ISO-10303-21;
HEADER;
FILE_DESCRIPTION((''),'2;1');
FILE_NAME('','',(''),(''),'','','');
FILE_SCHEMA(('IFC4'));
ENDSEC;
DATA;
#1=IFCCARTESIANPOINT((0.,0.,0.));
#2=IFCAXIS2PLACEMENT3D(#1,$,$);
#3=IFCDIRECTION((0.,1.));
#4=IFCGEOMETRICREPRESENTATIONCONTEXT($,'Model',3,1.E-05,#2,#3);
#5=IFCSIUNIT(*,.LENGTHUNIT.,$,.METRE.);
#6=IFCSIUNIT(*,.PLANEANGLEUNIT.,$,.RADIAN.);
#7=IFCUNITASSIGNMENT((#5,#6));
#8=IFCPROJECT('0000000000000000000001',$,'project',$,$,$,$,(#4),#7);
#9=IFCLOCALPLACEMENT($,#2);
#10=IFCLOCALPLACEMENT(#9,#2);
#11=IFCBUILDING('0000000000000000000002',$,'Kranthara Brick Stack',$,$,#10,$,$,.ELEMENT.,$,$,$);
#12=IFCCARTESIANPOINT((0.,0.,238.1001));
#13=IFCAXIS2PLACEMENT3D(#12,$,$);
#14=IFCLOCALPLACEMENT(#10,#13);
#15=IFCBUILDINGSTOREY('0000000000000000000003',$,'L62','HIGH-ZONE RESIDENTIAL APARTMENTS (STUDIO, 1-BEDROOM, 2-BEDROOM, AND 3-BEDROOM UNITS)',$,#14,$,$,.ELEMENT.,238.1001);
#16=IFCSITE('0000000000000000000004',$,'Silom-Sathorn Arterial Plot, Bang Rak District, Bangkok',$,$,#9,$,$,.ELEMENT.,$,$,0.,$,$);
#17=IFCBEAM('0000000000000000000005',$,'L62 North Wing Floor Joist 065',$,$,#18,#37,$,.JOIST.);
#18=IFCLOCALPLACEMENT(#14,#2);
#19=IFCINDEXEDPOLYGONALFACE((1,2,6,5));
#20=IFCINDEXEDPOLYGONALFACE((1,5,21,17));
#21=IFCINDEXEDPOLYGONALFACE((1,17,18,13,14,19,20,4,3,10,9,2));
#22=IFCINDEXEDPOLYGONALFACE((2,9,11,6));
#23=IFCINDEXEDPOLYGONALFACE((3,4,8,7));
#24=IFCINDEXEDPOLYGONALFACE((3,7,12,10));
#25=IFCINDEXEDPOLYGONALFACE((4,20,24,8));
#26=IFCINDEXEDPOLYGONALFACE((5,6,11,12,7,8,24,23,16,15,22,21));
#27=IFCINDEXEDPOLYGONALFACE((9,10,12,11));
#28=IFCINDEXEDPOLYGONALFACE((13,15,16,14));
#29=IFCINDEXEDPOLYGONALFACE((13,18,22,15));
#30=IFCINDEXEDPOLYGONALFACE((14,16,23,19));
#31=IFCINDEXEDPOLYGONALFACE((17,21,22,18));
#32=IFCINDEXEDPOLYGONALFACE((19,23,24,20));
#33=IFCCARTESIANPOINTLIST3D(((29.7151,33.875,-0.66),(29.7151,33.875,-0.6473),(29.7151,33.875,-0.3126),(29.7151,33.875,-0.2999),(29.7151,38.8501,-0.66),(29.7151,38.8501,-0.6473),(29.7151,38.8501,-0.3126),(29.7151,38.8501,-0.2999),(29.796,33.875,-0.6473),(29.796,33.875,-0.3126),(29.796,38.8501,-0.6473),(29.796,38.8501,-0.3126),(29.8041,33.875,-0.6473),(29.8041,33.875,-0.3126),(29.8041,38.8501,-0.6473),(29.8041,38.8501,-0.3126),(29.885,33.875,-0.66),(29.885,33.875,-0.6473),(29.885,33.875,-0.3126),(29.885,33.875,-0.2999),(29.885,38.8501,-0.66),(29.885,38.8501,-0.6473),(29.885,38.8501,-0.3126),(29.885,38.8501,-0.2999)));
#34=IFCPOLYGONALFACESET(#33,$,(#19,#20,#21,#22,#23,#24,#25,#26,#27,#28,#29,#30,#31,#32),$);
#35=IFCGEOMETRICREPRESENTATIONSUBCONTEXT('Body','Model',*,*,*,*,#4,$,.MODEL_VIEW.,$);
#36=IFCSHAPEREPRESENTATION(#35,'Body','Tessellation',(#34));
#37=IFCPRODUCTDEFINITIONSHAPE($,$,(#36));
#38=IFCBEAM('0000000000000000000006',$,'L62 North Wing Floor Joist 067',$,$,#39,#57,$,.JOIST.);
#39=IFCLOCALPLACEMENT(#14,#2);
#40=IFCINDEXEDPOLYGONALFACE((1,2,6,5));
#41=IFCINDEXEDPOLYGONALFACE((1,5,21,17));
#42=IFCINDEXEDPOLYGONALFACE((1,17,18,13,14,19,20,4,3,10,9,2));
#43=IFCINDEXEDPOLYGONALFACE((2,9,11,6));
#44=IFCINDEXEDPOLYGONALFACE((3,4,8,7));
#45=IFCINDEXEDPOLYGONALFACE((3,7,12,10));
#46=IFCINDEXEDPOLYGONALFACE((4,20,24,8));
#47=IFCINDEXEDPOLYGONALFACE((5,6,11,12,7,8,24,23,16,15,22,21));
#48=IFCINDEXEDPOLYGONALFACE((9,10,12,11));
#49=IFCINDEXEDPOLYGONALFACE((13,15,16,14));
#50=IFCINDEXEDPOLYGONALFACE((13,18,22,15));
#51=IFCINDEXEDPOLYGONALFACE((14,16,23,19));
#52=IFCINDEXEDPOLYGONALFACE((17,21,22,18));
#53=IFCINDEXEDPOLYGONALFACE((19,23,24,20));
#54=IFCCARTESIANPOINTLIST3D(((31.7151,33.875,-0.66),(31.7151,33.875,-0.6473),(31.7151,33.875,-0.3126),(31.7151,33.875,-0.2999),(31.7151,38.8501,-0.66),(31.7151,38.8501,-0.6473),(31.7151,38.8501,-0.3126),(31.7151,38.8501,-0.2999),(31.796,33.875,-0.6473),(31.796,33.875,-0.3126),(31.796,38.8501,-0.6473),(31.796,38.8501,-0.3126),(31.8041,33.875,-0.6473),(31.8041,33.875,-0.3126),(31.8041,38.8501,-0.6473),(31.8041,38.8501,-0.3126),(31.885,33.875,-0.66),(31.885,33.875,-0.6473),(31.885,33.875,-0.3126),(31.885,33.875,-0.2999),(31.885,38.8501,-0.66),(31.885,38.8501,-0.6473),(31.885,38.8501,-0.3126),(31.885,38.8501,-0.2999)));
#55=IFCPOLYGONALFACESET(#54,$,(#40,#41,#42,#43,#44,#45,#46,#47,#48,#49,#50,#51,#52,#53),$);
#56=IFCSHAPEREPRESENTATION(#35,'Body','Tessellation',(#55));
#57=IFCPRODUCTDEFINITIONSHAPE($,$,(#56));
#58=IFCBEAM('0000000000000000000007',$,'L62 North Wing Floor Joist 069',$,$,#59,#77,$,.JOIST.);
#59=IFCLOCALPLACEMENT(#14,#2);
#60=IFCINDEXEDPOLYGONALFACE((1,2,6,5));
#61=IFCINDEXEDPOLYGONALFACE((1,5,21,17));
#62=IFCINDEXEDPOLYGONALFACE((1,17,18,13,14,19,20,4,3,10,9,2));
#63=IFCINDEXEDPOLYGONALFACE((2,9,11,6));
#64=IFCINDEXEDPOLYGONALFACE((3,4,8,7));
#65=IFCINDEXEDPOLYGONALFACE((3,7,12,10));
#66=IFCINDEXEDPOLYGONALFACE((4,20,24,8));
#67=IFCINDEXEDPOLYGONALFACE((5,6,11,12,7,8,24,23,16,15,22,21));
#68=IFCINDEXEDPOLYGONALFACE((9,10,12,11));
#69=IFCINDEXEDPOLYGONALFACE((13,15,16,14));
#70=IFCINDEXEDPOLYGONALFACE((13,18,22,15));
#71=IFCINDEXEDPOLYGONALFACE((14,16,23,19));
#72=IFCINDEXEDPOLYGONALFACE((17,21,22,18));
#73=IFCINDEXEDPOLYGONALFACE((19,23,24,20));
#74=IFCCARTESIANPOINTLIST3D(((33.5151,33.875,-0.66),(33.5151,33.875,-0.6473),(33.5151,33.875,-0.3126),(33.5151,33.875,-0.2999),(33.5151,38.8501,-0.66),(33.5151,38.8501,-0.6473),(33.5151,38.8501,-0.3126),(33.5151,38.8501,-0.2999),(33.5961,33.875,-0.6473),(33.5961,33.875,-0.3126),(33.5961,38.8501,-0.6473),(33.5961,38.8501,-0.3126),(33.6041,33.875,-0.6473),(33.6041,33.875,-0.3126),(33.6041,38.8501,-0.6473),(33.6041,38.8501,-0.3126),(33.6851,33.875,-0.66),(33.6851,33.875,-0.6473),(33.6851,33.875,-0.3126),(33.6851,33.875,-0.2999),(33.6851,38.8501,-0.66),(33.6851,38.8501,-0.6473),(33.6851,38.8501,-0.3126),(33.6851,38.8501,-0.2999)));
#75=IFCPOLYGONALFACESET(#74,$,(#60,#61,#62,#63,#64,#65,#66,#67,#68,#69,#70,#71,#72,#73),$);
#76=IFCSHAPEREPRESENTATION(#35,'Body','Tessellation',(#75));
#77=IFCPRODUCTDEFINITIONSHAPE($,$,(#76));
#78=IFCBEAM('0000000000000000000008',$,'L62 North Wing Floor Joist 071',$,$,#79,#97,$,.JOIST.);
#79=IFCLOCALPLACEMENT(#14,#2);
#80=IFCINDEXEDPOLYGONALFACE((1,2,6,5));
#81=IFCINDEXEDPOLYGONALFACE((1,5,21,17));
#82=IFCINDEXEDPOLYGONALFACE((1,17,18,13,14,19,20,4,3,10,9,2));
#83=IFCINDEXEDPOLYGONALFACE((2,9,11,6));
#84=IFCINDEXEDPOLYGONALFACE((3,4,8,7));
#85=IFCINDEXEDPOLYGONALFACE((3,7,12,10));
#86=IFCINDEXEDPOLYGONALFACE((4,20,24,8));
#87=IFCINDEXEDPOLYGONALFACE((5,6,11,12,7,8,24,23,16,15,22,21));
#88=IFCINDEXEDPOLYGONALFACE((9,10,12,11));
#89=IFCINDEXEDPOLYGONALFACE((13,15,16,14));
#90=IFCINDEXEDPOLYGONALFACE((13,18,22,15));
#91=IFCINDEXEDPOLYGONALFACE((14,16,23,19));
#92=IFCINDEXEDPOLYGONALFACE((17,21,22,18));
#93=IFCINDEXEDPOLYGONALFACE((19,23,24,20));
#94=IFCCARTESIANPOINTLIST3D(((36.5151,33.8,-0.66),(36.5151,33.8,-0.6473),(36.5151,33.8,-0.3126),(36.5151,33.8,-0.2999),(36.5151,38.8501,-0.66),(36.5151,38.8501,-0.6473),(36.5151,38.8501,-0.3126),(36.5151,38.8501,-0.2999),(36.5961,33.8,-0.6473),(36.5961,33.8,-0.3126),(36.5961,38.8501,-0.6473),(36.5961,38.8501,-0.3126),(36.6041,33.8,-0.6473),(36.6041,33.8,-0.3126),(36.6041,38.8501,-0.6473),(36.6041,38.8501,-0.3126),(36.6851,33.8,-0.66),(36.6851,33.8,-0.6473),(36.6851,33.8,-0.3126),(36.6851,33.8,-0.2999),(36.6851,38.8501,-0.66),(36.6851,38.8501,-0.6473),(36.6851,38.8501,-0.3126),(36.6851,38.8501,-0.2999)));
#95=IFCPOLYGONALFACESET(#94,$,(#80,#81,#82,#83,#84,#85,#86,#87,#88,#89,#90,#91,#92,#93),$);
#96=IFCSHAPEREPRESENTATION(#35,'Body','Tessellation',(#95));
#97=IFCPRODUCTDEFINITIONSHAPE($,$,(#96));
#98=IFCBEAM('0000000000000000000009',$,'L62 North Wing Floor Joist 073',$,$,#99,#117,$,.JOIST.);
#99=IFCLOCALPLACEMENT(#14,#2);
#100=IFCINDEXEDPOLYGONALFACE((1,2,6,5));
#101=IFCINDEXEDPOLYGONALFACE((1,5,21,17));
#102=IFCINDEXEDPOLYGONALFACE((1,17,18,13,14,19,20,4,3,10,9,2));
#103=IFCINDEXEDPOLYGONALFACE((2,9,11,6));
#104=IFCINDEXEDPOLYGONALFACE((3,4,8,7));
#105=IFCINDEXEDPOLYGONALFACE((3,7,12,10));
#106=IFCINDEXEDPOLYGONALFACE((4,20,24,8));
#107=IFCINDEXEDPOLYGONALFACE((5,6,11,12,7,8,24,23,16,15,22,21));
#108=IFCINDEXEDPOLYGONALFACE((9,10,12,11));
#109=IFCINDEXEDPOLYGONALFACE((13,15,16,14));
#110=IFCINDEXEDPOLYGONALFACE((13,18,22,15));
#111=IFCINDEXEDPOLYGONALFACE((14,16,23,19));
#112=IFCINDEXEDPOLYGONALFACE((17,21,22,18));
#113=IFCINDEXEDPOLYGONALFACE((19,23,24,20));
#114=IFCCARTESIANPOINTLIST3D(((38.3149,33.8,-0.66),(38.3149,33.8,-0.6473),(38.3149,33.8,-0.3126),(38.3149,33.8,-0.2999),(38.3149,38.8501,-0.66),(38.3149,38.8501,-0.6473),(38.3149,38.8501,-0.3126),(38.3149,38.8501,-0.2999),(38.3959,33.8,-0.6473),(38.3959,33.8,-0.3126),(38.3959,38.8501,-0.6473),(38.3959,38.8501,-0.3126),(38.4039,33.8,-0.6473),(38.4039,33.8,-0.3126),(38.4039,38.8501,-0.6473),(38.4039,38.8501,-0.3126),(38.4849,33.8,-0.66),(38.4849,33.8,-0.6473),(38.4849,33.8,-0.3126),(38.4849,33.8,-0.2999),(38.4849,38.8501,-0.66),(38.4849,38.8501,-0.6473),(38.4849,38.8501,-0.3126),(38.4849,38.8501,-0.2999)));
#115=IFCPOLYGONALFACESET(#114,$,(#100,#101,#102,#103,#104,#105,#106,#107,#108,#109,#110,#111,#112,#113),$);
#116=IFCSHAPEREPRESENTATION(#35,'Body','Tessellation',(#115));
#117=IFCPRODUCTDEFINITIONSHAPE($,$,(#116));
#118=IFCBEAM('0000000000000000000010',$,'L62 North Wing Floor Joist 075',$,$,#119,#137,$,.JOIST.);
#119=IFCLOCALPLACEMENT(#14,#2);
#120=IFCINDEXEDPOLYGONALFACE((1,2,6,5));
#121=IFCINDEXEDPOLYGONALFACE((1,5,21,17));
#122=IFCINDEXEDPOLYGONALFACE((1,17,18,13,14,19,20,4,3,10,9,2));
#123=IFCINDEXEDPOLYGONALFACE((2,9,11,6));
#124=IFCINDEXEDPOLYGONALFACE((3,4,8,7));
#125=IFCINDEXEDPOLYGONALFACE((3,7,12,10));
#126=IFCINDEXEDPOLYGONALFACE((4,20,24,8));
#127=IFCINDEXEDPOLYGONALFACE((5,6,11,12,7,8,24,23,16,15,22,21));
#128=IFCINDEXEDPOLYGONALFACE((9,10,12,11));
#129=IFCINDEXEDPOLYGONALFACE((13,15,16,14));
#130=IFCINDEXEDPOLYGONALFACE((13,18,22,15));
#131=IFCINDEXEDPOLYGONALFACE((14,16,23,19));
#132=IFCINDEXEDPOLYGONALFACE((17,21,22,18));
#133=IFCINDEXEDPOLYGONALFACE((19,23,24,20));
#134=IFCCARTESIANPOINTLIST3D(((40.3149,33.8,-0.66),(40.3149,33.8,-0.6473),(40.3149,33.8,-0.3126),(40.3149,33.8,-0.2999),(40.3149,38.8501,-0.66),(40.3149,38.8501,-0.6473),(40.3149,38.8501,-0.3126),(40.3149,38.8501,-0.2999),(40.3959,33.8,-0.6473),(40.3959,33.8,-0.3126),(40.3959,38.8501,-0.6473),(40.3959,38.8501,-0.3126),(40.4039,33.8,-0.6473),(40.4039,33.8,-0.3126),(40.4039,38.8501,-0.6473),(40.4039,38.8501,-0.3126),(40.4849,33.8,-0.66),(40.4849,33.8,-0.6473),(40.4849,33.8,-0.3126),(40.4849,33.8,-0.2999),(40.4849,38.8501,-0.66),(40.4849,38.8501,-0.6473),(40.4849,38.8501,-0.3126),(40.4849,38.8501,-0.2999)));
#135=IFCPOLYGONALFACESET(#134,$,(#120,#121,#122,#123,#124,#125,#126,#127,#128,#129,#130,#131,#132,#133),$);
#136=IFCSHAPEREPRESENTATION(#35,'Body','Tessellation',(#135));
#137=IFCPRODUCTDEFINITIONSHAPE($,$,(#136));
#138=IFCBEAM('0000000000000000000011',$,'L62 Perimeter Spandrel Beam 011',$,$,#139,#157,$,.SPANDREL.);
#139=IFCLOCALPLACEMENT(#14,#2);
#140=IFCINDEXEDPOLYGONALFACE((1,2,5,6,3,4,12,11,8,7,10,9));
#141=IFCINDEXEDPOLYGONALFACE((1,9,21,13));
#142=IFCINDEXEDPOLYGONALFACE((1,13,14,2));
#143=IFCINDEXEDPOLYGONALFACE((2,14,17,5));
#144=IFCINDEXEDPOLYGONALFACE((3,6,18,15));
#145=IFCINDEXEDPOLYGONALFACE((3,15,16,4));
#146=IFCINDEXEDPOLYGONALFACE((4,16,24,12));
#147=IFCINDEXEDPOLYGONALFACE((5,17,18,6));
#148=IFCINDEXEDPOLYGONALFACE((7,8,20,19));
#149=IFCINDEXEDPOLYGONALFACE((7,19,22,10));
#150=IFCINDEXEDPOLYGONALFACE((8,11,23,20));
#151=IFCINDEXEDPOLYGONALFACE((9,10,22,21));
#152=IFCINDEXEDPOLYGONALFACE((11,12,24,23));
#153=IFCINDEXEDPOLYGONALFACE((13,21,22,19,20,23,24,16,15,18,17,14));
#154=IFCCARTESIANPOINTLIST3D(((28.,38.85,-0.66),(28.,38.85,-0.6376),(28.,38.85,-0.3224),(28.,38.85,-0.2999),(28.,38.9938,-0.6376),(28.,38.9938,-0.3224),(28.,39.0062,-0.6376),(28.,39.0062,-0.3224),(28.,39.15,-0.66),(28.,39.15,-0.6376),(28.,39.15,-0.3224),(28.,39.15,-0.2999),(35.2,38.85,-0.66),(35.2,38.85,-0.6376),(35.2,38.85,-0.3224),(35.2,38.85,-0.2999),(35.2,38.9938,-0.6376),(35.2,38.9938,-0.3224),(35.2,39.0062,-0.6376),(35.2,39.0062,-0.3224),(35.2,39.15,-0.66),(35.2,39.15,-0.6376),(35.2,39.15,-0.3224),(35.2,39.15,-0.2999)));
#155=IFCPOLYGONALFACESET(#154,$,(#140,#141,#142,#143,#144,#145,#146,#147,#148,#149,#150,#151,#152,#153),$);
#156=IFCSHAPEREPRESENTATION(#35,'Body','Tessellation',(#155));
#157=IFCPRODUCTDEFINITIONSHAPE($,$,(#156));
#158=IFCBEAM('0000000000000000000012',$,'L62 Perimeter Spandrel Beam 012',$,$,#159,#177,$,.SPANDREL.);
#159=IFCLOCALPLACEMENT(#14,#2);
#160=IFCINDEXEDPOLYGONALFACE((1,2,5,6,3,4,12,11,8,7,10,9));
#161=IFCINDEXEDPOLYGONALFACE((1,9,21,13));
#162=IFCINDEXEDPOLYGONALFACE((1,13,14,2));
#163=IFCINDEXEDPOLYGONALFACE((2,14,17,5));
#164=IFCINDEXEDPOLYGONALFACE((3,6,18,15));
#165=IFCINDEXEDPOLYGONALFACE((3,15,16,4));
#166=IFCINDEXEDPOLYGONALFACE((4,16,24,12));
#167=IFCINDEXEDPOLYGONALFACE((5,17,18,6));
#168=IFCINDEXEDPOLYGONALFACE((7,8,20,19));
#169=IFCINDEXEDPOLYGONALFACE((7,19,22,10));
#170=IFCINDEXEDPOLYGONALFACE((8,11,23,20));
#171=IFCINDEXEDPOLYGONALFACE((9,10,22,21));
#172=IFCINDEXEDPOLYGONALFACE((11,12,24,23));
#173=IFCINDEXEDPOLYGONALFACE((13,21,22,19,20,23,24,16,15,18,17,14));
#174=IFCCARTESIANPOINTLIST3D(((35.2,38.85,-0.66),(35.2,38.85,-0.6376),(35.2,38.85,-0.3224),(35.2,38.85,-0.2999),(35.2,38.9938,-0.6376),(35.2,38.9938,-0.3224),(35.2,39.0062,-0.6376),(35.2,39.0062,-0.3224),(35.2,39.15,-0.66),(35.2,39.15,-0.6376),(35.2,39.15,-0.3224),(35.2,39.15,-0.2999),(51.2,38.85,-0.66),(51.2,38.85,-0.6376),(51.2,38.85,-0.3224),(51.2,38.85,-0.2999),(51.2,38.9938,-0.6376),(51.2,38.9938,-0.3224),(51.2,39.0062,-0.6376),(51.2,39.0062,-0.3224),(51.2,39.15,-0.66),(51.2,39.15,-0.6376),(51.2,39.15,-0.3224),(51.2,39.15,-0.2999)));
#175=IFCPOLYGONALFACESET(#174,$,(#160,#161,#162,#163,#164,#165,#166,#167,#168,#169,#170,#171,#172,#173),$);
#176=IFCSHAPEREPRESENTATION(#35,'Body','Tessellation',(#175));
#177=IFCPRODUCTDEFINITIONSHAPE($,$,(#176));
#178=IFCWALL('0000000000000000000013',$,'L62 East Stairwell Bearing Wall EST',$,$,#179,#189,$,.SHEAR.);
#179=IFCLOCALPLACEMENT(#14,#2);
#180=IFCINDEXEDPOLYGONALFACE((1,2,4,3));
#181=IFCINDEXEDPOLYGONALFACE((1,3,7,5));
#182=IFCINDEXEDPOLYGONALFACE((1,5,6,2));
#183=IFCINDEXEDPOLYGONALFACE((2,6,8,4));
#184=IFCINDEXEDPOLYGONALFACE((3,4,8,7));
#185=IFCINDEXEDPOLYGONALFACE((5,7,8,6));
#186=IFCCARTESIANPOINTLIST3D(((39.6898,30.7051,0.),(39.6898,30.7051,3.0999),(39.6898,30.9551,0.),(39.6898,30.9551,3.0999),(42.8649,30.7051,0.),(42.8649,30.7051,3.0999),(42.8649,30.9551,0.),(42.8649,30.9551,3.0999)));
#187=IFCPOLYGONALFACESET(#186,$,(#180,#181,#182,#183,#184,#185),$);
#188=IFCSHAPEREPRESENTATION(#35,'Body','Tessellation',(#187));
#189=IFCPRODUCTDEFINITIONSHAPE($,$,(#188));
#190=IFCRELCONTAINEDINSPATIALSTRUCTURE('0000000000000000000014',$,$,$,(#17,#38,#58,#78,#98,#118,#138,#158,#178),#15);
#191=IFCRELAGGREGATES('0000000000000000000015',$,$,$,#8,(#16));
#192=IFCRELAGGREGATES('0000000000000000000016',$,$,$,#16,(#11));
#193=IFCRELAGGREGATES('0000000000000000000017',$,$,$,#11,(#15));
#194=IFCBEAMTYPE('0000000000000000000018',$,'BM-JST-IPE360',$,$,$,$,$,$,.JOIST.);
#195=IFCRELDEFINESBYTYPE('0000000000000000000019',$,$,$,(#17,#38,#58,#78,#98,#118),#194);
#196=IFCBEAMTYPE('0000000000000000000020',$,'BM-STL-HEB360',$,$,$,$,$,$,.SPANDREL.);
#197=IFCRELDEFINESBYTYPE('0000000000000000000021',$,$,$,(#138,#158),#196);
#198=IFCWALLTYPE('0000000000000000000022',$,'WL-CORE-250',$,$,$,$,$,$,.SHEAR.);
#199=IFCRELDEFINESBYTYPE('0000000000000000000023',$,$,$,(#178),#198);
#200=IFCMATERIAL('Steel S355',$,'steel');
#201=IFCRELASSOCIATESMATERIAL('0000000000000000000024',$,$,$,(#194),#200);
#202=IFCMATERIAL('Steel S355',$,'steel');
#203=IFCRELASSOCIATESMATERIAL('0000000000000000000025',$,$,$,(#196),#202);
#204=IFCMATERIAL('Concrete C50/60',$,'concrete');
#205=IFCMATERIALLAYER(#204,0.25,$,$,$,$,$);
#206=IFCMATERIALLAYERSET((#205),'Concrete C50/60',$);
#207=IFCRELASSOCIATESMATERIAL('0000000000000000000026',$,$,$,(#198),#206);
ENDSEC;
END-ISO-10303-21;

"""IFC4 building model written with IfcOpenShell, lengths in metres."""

from ifc_helpers import new_model, si_unit, direction, frame, frame_2d, origin, origin_2d, place, context, subcontext, project, spatial, rectangle, i_section, extrude, material, layer, layer_set, material_profile, profile_set, type_object, element, save


model = new_model("IFC4")

# Units and contexts
model_context = context("Model", 3, precision=1e-05, world=origin(), true_north=direction((0.0, 1.0)))
body_context = subcontext(model_context, "Body", "Model", "MODEL_VIEW")
ifc_project = project(units=[si_unit("LENGTHUNIT", "METRE"), si_unit("PLANEANGLEUNIT", "RADIAN")], contexts=[model_context])

# Site, building, storey
site_placement = place(None, origin())
site = spatial("IfcSite", under=ifc_project, at=site_placement, Name="Silom-Sathorn Arterial Plot, Bang Rak District, Bangkok", CompositionType="ELEMENT", RefElevation=0.0)
building_placement = place(site_placement, origin())
building = spatial("IfcBuilding", under=site, at=building_placement, Name="Kranthara Brick Stack", CompositionType="ELEMENT")
storey_placement = place(building_placement, frame((0.0, 0.0, 238.1001)))
storey = spatial("IfcBuildingStorey", under=building, at=storey_placement, Name="L62", Description="HIGH-ZONE RESIDENTIAL APARTMENTS (STUDIO, 1-BEDROOM, 2-BEDROOM, AND 3-BEDROOM UNITS)", CompositionType="ELEMENT", Elevation=238.1001)

# Beams
ifc_material_1 = material(Name="Steel S355", Category="steel")
ifc_material_profile_1 = material_profile(ifc_material_1, i_section(OverallWidth=0.1699, OverallDepth=0.3601, WebThickness=0.0081, FlangeThickness=0.0127, at=origin_2d()), Name="IPE 360")
ifc_profile_set_1 = profile_set([ifc_material_profile_1], Name="Steel S355")
beam_type_1 = type_object("IfcBeamType", Name="BM-JST-IPE360", PredefinedType="JOIST", material=ifc_profile_set_1)
for number, where, z_axis, x_axis, name in (
    (1, (29.8, 33.875, -0.48), (0.0, 1.0, 0.0), (-1.0, 0.0, 0.0), "L62 North Wing Floor Joist 065"),
    (2, (31.8, 33.875, -0.48), (0.0, 1.0, 0.0), (-1.0, 0.0, 0.0), "L62 North Wing Floor Joist 067"),
    (3, (33.6001, 33.875, -0.48), (0.0, 1.0, 0.0), (-1.0, 0.0, 0.0), "L62 North Wing Floor Joist 069"),
):
    element("IfcBeam", number, at=place(storey_placement, frame(where, z_axis=z_axis, x_axis=x_axis)), inside=storey, type_object=beam_type_1, Name=name, PredefinedType="JOIST", context=body_context, shape_type="SweptSolid", body=[
        extrude(i_section(OverallWidth=0.1699, OverallDepth=0.3601, WebThickness=0.0081, FlangeThickness=0.0127, at=origin_2d()), origin(), (0.0, 0.0, 1.0), 4.9751),
    ])
for number, where, z_axis, x_axis, name in (
    (4, (36.6001, 33.8, -0.48), (0.0, 1.0, 0.0), (-1.0, 0.0, 0.0), "L62 North Wing Floor Joist 071"),
    (5, (38.3999, 33.8, -0.48), (0.0, 1.0, 0.0), (-1.0, 0.0, 0.0), "L62 North Wing Floor Joist 073"),
    (6, (40.3999, 33.8, -0.48), (0.0, 1.0, 0.0), (-1.0, 0.0, 0.0), "L62 North Wing Floor Joist 075"),
):
    element("IfcBeam", number, at=place(storey_placement, frame(where, z_axis=z_axis, x_axis=x_axis)), inside=storey, type_object=beam_type_1, Name=name, PredefinedType="JOIST", context=body_context, shape_type="SweptSolid", body=[
        extrude(i_section(OverallWidth=0.1699, OverallDepth=0.3601, WebThickness=0.0081, FlangeThickness=0.0127, at=origin_2d()), origin(), (0.0, 0.0, 1.0), 5.05),
    ])
ifc_material_2 = material(Name="Steel S355", Category="steel")
ifc_material_profile_2 = material_profile(ifc_material_2, i_section(OverallWidth=0.3, OverallDepth=0.3601, WebThickness=0.0125, FlangeThickness=0.0225, at=origin_2d()), Name="HEB 360")
ifc_profile_set_2 = profile_set([ifc_material_profile_2], Name="Steel S355")
beam_type_2 = type_object("IfcBeamType", Name="BM-STL-HEB360", PredefinedType="SPANDREL", material=ifc_profile_set_2)
beam_1_placement = place(storey_placement, frame((28.0, 39.0, -0.48), z_axis=(1.0, 0.0, 0.0), x_axis=(0.0, 1.0, 0.0)))
element("IfcBeam", 7, at=beam_1_placement, inside=storey, type_object=beam_type_2, Name="L62 Perimeter Spandrel Beam 011", PredefinedType="SPANDREL", context=body_context, shape_type="SweptSolid", body=[
    extrude(i_section(OverallWidth=0.3, OverallDepth=0.3601, WebThickness=0.0125, FlangeThickness=0.0225, at=origin_2d()), origin(), (0.0, 0.0, 1.0), 7.2),
])
beam_2_placement = place(storey_placement, frame((35.2, 39.0, -0.48), z_axis=(1.0, 0.0, 0.0), x_axis=(0.0, 1.0, 0.0)))
element("IfcBeam", 8, at=beam_2_placement, inside=storey, type_object=beam_type_2, Name="L62 Perimeter Spandrel Beam 012", PredefinedType="SPANDREL", context=body_context, shape_type="SweptSolid", body=[
    extrude(i_section(OverallWidth=0.3, OverallDepth=0.3601, WebThickness=0.0125, FlangeThickness=0.0225, at=origin_2d()), origin(), (0.0, 0.0, 1.0), 16.0),
])

# Wall
ifc_material_3 = material(Name="Concrete C50/60", Category="concrete")
ifc_layer_1 = layer(ifc_material_3, 0.25)
ifc_layer_set_1 = layer_set([ifc_layer_1], Name="Concrete C50/60")
wall_type_1 = type_object("IfcWallType", Name="WL-CORE-250", PredefinedType="SHEAR", material=ifc_layer_set_1)
wall_1_placement = place(storey_placement, frame((39.6899, 30.8301, 0.0), z_axis=(0.0, 0.0, 1.0), x_axis=(1.0, 0.0, 0.0)))
element("IfcWall", 9, at=wall_1_placement, inside=storey, type_object=wall_type_1, Name="L62 East Stairwell Bearing Wall EST", PredefinedType="SHEAR", context=body_context, shape_type="SweptSolid", body=[
    extrude(rectangle(XDim=3.175, YDim=0.25, at=frame_2d((1.5874, 0.0))), origin(), (0.0, 0.0, 1.0), 3.0999),
])

save(model, "model.ifc")
